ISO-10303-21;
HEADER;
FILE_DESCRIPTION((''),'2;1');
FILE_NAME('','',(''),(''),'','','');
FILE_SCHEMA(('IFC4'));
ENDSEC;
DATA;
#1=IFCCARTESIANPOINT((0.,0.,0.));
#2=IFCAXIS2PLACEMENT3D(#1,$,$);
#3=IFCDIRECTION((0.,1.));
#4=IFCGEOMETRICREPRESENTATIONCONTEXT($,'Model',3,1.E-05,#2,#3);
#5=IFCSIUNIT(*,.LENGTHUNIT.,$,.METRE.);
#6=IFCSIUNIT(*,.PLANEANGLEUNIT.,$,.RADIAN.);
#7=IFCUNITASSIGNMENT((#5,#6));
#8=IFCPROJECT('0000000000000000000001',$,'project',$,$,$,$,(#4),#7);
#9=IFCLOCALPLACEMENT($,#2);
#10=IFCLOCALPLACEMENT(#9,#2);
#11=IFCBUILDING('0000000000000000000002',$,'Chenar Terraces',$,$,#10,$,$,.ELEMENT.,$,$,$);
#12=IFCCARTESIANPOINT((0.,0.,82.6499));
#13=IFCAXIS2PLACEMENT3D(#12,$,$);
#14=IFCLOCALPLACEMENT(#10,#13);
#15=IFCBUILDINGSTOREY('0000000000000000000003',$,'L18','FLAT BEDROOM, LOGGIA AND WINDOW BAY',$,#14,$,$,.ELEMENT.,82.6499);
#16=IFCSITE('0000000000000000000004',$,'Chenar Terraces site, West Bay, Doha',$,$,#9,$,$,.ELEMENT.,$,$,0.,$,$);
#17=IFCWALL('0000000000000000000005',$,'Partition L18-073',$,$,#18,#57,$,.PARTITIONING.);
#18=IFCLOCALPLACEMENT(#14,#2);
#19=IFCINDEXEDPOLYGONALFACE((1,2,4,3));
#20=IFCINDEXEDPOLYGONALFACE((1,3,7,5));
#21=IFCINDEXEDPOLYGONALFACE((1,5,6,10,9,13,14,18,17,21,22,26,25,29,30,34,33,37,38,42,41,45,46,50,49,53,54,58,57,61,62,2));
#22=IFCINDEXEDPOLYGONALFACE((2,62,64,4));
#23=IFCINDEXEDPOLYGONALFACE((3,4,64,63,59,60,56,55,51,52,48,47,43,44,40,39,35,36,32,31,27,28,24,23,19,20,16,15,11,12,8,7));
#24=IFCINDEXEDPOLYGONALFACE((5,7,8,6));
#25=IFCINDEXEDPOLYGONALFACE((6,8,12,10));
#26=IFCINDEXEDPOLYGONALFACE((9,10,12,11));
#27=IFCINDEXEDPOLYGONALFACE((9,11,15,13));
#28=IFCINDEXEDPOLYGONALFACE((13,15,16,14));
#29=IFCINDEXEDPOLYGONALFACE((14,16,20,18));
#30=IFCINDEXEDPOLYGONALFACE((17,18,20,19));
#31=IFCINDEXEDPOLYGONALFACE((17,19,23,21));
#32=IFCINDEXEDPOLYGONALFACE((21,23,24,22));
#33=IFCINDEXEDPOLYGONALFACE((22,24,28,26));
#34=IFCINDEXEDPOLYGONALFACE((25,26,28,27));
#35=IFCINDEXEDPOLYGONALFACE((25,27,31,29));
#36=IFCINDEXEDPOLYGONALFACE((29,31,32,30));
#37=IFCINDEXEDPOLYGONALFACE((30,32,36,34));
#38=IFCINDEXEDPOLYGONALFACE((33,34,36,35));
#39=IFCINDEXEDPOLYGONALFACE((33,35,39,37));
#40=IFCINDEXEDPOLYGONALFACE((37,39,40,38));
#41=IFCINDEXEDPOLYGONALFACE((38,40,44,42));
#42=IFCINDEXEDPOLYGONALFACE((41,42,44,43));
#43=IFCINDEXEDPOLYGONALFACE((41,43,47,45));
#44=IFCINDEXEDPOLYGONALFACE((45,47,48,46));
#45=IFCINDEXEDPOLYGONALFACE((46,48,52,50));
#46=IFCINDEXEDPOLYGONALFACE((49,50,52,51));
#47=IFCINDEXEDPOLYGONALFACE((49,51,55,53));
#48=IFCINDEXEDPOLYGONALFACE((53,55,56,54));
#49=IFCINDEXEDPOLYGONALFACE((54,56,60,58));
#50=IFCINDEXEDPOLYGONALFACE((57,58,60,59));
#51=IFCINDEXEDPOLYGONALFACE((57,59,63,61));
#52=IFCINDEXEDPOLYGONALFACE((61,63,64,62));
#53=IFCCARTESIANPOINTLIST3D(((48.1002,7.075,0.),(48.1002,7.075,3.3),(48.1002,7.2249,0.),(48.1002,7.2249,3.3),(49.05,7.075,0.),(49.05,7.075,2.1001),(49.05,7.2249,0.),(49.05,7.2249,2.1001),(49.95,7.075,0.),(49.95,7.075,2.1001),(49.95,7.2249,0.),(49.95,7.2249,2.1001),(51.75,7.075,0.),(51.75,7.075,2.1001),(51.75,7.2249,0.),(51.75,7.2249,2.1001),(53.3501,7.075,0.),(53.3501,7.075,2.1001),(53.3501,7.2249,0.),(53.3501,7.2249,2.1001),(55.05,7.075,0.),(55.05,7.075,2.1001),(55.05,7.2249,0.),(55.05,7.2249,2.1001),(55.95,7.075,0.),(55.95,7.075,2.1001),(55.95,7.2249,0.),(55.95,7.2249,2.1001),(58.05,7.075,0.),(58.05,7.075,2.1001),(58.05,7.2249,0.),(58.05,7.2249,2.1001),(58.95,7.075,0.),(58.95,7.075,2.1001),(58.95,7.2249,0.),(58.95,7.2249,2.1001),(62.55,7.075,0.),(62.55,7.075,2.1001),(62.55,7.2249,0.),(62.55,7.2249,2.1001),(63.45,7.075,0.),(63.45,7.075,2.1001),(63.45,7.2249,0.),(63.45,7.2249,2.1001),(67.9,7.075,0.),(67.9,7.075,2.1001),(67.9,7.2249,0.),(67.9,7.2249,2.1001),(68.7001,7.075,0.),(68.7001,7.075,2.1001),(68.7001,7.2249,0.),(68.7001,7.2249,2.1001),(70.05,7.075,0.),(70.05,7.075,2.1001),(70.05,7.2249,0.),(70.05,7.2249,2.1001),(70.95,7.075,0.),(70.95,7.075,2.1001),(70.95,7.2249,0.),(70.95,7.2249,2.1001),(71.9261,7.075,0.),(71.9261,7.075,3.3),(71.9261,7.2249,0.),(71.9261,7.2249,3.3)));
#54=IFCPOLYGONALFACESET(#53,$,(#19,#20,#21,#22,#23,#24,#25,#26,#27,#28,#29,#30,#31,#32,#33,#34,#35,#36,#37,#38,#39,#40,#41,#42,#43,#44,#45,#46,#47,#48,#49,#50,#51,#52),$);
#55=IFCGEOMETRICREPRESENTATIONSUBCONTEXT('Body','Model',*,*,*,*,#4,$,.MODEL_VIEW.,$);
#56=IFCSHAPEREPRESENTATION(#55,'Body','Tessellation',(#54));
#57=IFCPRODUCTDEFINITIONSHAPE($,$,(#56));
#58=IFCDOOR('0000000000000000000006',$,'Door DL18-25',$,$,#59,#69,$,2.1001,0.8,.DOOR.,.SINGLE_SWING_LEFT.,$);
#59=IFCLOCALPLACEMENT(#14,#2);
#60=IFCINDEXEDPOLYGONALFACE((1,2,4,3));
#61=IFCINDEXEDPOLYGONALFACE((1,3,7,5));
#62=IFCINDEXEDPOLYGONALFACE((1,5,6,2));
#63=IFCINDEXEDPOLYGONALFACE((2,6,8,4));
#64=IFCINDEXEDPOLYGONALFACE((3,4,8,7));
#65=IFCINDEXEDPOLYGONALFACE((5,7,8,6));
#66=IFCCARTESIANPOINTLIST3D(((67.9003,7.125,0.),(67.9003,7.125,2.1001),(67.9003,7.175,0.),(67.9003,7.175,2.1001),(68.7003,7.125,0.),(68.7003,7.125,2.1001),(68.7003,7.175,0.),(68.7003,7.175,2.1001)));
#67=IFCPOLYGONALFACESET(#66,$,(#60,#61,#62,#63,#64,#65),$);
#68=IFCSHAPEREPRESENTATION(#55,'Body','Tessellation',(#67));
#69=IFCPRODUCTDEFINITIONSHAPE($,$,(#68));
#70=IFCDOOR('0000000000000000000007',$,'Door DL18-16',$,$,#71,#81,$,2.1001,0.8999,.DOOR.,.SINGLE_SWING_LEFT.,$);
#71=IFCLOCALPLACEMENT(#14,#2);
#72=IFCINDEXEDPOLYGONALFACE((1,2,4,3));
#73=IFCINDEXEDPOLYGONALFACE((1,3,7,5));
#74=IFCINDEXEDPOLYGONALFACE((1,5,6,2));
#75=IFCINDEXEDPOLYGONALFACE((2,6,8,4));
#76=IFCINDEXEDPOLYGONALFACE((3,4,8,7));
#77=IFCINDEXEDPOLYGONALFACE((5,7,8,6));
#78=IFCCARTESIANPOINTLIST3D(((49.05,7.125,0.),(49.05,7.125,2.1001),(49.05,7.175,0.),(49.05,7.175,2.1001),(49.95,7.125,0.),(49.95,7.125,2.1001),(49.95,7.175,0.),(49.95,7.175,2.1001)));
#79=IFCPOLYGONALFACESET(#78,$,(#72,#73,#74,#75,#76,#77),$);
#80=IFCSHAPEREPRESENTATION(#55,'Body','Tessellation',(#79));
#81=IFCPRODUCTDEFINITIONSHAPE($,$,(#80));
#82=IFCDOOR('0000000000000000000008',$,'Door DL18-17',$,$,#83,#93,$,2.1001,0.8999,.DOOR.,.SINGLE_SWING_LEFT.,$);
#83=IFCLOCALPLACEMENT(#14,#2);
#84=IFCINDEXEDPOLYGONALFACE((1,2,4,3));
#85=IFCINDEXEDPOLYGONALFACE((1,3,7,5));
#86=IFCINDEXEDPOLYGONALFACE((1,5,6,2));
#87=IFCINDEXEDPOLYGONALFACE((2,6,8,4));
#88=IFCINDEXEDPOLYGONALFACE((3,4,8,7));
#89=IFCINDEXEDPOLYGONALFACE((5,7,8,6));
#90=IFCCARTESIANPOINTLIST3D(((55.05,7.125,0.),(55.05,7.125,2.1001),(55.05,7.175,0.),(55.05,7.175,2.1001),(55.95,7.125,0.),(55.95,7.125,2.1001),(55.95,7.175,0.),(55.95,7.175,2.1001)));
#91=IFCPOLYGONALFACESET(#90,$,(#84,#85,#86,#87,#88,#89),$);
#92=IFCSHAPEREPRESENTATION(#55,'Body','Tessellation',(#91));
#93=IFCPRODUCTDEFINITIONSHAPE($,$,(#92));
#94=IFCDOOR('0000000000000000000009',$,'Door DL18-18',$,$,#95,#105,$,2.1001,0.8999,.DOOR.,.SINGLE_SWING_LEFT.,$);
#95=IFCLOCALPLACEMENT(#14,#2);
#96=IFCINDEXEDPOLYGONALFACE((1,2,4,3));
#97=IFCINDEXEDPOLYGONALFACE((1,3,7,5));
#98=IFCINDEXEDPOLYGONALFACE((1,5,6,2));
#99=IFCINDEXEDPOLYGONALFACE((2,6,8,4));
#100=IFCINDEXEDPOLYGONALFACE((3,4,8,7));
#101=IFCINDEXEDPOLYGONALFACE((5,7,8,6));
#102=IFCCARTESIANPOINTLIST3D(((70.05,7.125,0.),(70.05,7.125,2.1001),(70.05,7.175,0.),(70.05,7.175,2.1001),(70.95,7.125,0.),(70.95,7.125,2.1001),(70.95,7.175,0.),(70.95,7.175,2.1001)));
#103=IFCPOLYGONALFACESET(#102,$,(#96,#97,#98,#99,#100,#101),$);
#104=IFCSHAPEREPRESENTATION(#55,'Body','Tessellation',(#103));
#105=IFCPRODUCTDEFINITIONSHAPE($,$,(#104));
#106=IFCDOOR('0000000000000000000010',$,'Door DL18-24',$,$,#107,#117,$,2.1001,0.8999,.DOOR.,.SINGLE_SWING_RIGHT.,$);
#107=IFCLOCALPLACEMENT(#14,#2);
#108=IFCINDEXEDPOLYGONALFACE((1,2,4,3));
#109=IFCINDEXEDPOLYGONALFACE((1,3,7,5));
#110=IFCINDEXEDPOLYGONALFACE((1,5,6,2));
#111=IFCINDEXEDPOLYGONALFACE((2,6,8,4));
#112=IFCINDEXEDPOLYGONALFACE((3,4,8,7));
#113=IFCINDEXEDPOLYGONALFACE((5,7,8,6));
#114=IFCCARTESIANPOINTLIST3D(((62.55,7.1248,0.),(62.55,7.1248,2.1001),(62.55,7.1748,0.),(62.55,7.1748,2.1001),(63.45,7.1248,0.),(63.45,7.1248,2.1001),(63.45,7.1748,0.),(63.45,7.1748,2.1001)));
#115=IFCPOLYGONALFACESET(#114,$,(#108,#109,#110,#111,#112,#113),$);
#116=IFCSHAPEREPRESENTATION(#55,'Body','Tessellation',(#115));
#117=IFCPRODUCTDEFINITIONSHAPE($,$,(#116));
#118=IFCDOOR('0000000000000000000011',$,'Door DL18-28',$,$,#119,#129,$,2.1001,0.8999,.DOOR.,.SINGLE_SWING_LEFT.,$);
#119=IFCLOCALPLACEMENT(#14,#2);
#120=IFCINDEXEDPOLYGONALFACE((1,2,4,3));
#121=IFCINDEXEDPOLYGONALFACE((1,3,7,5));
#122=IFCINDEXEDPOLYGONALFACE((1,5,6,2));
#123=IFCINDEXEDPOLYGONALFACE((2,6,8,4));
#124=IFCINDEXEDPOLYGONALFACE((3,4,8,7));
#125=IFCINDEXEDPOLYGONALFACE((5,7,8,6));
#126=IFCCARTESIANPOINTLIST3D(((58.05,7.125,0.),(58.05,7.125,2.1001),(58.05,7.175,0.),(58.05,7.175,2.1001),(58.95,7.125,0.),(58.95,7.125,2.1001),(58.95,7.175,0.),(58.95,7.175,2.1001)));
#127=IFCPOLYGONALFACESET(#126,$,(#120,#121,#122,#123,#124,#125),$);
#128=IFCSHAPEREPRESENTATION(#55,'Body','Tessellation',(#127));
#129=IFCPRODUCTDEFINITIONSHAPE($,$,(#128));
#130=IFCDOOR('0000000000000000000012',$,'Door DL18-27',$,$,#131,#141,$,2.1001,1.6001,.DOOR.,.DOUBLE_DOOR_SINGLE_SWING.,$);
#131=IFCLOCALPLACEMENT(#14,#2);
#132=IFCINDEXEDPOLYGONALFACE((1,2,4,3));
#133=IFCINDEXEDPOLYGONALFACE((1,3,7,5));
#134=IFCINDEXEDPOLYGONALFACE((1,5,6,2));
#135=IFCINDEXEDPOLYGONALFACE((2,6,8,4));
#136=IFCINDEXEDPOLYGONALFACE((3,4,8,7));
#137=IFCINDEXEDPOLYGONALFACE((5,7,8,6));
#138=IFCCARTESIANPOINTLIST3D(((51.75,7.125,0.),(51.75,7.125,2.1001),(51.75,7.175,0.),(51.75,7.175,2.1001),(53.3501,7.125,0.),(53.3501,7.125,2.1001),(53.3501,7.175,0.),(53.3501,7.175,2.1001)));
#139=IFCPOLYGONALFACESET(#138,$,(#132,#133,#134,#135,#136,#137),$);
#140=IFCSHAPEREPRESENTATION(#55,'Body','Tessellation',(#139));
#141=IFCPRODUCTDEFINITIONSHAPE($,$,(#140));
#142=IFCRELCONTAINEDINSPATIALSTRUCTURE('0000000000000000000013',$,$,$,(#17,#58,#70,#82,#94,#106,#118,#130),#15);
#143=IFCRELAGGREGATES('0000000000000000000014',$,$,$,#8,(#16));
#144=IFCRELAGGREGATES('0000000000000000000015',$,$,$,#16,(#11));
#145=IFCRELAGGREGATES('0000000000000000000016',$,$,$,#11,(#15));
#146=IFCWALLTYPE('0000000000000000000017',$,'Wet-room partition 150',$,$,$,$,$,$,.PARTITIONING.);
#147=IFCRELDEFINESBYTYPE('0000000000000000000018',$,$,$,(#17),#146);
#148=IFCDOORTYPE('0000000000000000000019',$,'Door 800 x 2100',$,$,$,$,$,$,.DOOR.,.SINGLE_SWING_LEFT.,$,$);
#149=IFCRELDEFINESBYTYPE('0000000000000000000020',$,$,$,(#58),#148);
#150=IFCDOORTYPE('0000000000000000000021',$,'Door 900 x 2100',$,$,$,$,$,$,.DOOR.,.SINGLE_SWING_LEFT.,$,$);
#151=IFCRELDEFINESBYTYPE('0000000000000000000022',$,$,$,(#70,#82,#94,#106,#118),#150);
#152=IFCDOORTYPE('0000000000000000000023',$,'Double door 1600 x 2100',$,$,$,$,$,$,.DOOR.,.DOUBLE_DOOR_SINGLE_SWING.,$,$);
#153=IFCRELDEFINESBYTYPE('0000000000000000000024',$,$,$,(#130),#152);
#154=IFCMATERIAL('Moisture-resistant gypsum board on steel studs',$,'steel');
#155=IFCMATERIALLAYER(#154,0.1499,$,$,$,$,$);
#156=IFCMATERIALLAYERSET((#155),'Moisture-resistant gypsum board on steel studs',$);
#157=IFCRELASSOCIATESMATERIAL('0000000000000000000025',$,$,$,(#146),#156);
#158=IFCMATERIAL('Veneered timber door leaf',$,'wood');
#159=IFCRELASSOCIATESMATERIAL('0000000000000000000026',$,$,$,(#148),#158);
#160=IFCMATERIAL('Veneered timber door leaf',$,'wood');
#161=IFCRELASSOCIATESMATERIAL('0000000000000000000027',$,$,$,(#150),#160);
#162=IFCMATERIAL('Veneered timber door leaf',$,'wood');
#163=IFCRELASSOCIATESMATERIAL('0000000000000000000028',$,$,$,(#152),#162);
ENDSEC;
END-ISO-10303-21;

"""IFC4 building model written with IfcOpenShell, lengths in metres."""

from ifc_helpers import new_model, si_unit, direction, frame, frame_2d, origin, place, context, subcontext, project, spatial, rectangle, extrude, material, layer, layer_set, type_object, element, fill, save


model = new_model("IFC4")

# Units and contexts
model_context = context("Model", 3, precision=1e-05, world=origin(), true_north=direction((0.0, 1.0)))
body_context = subcontext(model_context, "Body", "Model", "MODEL_VIEW")
ifc_project = project(units=[si_unit("LENGTHUNIT", "METRE"), si_unit("PLANEANGLEUNIT", "RADIAN")], contexts=[model_context])

# Site, building, storey
site_placement = place(None, origin())
site = spatial("IfcSite", under=ifc_project, at=site_placement, Name="Chenar Terraces site, West Bay, Doha", CompositionType="ELEMENT", RefElevation=0.0)
building_placement = place(site_placement, origin())
building = spatial("IfcBuilding", under=site, at=building_placement, Name="Chenar Terraces", CompositionType="ELEMENT")
storey_placement = place(building_placement, frame((0.0, 0.0, 82.6499)))
storey = spatial("IfcBuildingStorey", under=building, at=storey_placement, Name="L18", Description="FLAT BEDROOM, LOGGIA AND WINDOW BAY", CompositionType="ELEMENT", Elevation=82.6499)

# Shared definitions
ifc_material_1 = material(Name="Moisture-resistant gypsum board on steel studs", Category="steel")
ifc_layer_1 = layer(ifc_material_1, 0.1499)
ifc_layer_set_1 = layer_set([ifc_layer_1], Name="Moisture-resistant gypsum board on steel studs")
wall_type_1 = type_object("IfcWallType", Name="Wet-room partition 150", PredefinedType="PARTITIONING", material=ifc_layer_set_1)

# Wall, openings, doors
wall_1_placement = place(storey_placement, frame((48.1001, 7.1499, 0.0), z_axis=(0.0, 0.0, 1.0), x_axis=(1.0, 0.0, 0.0)))
wall_1 = element("IfcWall", 1, at=wall_1_placement, inside=storey, type_object=wall_type_1, Name="Partition L18-073", PredefinedType="PARTITIONING", context=body_context, shape_type="SweptSolid", body=[
    extrude(rectangle(XDim=23.8259, YDim=0.1499, at=frame_2d((11.9131, 0.0))), origin(), (0.0, 0.0, 1.0), 3.3),
])
opening_1_placement = place(wall_1_placement, frame((0.95, 0.0, 0.0)))
opening_1 = element("IfcOpeningElement", 2, at=opening_1_placement, cuts=wall_1, PredefinedType="OPENING", context=body_context, shape_type="SweptSolid", body=[
    extrude(rectangle(XDim=0.8999, YDim=2.1001, at=frame_2d((0.45, 1.05))), frame((0.0, 0.085, 0.0), z_axis=(0.0, -1.0, 0.0), x_axis=(1.0, 0.0, 0.0)), (0.0, 0.0, 1.0), 0.1699),
])
opening_2_placement = place(wall_1_placement, frame((6.95, 0.0, 0.0)))
opening_2 = element("IfcOpeningElement", 3, at=opening_2_placement, cuts=wall_1, PredefinedType="OPENING", context=body_context, shape_type="SweptSolid", body=[
    extrude(rectangle(XDim=0.8999, YDim=2.1001, at=frame_2d((0.45, 1.05))), frame((0.0, 0.085, 0.0), z_axis=(0.0, -1.0, 0.0), x_axis=(1.0, 0.0, 0.0)), (0.0, 0.0, 1.0), 0.1699),
])
opening_3_placement = place(wall_1_placement, frame((21.95, 0.0, 0.0)))
opening_3 = element("IfcOpeningElement", 4, at=opening_3_placement, cuts=wall_1, PredefinedType="OPENING", context=body_context, shape_type="SweptSolid", body=[
    extrude(rectangle(XDim=0.8999, YDim=2.1001, at=frame_2d((0.45, 1.05))), frame((0.0, 0.085, 0.0), z_axis=(0.0, -1.0, 0.0), x_axis=(1.0, 0.0, 0.0)), (0.0, 0.0, 1.0), 0.1699),
])
opening_4_placement = place(wall_1_placement, frame((14.45, 0.0, 0.0)))
opening_4 = element("IfcOpeningElement", 5, at=opening_4_placement, cuts=wall_1, PredefinedType="OPENING", context=body_context, shape_type="SweptSolid", body=[
    extrude(rectangle(XDim=0.8999, YDim=2.1001, at=frame_2d((0.45, 1.05))), frame((0.0, 0.085, 0.0), z_axis=(0.0, -1.0, 0.0), x_axis=(1.0, 0.0, 0.0)), (0.0, 0.0, 1.0), 0.1699),
])
opening_5_placement = place(wall_1_placement, frame((19.8, 0.0, 0.0)))
opening_5 = element("IfcOpeningElement", 6, at=opening_5_placement, cuts=wall_1, PredefinedType="OPENING", context=body_context, shape_type="SweptSolid", body=[
    extrude(rectangle(XDim=0.8, YDim=2.1001, at=frame_2d((0.3999, 1.05))), frame((0.0, 0.085, 0.0), z_axis=(0.0, -1.0, 0.0), x_axis=(1.0, 0.0, 0.0)), (0.0, 0.0, 1.0), 0.1699),
])
opening_6_placement = place(wall_1_placement, frame((3.6499, 0.0, 0.0)))
opening_6 = element("IfcOpeningElement", 7, at=opening_6_placement, cuts=wall_1, PredefinedType="OPENING", context=body_context, shape_type="SweptSolid", body=[
    extrude(rectangle(XDim=1.6001, YDim=2.1001, at=frame_2d((0.8, 1.05))), frame((0.0, 0.085, 0.0), z_axis=(0.0, -1.0, 0.0), x_axis=(1.0, 0.0, 0.0)), (0.0, 0.0, 1.0), 0.1699),
])
opening_7_placement = place(wall_1_placement, frame((9.95, 0.0, 0.0)))
opening_7 = element("IfcOpeningElement", 8, at=opening_7_placement, cuts=wall_1, PredefinedType="OPENING", context=body_context, shape_type="SweptSolid", body=[
    extrude(rectangle(XDim=0.8999, YDim=2.1001, at=frame_2d((0.45, 1.05))), frame((0.0, 0.085, 0.0), z_axis=(0.0, -1.0, 0.0), x_axis=(1.0, 0.0, 0.0)), (0.0, 0.0, 1.0), 0.1699),
])
ifc_material_2 = material(Name="Veneered timber door leaf", Category="wood")
door_type_1 = type_object("IfcDoorType", Name="Door 800 x 2100", OperationType="SINGLE_SWING_LEFT", PredefinedType="DOOR", material=ifc_material_2)
door_1_placement = place(opening_5_placement, frame((0.8, 0.0, 0.0), z_axis=(0.0, 0.0, 1.0), x_axis=(-1.0, 0.0, 0.0)))
door_1 = element("IfcDoor", 9, at=door_1_placement, inside=storey, type_object=door_type_1, Name="Door DL18-25", OperationType="SINGLE_SWING_LEFT", OverallHeight=2.1001, OverallWidth=0.8, PredefinedType="DOOR", context=body_context, shape_type="SweptSolid", body=[
    extrude(rectangle(XDim=0.8, YDim=2.1001, at=frame_2d((0.3999, 1.05))), frame((0.0, 0.0249, 0.0), z_axis=(0.0, -1.0, 0.0), x_axis=(1.0, 0.0, 0.0)), (0.0, 0.0, 1.0), 0.05),
])
fill(opening_5, door_1)
ifc_material_3 = material(Name="Veneered timber door leaf", Category="wood")
door_type_2 = type_object("IfcDoorType", Name="Door 900 x 2100", OperationType="SINGLE_SWING_LEFT", PredefinedType="DOOR", material=ifc_material_3)
door_2_placement = place(opening_1_placement, frame((0.8999, 0.0, 0.0), z_axis=(0.0, 0.0, 1.0), x_axis=(-1.0, 0.0, 0.0)))
door_2 = element("IfcDoor", 10, at=door_2_placement, inside=storey, type_object=door_type_2, Name="Door DL18-16", OperationType="SINGLE_SWING_LEFT", OverallHeight=2.1001, OverallWidth=0.8999, PredefinedType="DOOR", context=body_context, shape_type="SweptSolid", body=[
    extrude(rectangle(XDim=0.8999, YDim=2.1001, at=frame_2d((0.45, 1.05))), frame((0.0, 0.0249, 0.0), z_axis=(0.0, -1.0, 0.0), x_axis=(1.0, 0.0, 0.0)), (0.0, 0.0, 1.0), 0.05),
])
fill(opening_1, door_2)
door_3_placement = place(opening_2_placement, frame((0.8999, 0.0, 0.0), z_axis=(0.0, 0.0, 1.0), x_axis=(-1.0, 0.0, 0.0)))
door_3 = element("IfcDoor", 11, at=door_3_placement, inside=storey, type_object=door_type_2, Name="Door DL18-17", OperationType="SINGLE_SWING_LEFT", OverallHeight=2.1001, OverallWidth=0.8999, PredefinedType="DOOR", context=body_context, shape_type="SweptSolid", body=[
    extrude(rectangle(XDim=0.8999, YDim=2.1001, at=frame_2d((0.45, 1.05))), frame((0.0, 0.0249, 0.0), z_axis=(0.0, -1.0, 0.0), x_axis=(1.0, 0.0, 0.0)), (0.0, 0.0, 1.0), 0.05),
])
fill(opening_2, door_3)
door_4_placement = place(opening_3_placement, frame((0.8999, 0.0, 0.0), z_axis=(0.0, 0.0, 1.0), x_axis=(-1.0, 0.0, 0.0)))
door_4 = element("IfcDoor", 12, at=door_4_placement, inside=storey, type_object=door_type_2, Name="Door DL18-18", OperationType="SINGLE_SWING_LEFT", OverallHeight=2.1001, OverallWidth=0.8999, PredefinedType="DOOR", context=body_context, shape_type="SweptSolid", body=[
    extrude(rectangle(XDim=0.8999, YDim=2.1001, at=frame_2d((0.45, 1.05))), frame((0.0, 0.0249, 0.0), z_axis=(0.0, -1.0, 0.0), x_axis=(1.0, 0.0, 0.0)), (0.0, 0.0, 1.0), 0.05),
])
fill(opening_3, door_4)
door_5_placement = place(opening_4_placement, origin())
door_5 = element("IfcDoor", 13, at=door_5_placement, inside=storey, type_object=door_type_2, Name="Door DL18-24", OperationType="SINGLE_SWING_RIGHT", OverallHeight=2.1001, OverallWidth=0.8999, PredefinedType="DOOR", context=body_context, shape_type="SweptSolid", body=[
    extrude(rectangle(XDim=0.8999, YDim=2.1001, at=frame_2d((0.45, 1.05))), frame((0.0, 0.0249, 0.0), z_axis=(0.0, -1.0, 0.0), x_axis=(1.0, 0.0, 0.0)), (0.0, 0.0, 1.0), 0.05),
])
fill(opening_4, door_5)
door_6_placement = place(opening_7_placement, frame((0.8999, 0.0, 0.0), z_axis=(0.0, 0.0, 1.0), x_axis=(-1.0, 0.0, 0.0)))
door_6 = element("IfcDoor", 14, at=door_6_placement, inside=storey, type_object=door_type_2, Name="Door DL18-28", OperationType="SINGLE_SWING_LEFT", OverallHeight=2.1001, OverallWidth=0.8999, PredefinedType="DOOR", context=body_context, shape_type="SweptSolid", body=[
    extrude(rectangle(XDim=0.8999, YDim=2.1001, at=frame_2d((0.45, 1.05))), frame((0.0, 0.0249, 0.0), z_axis=(0.0, -1.0, 0.0), x_axis=(1.0, 0.0, 0.0)), (0.0, 0.0, 1.0), 0.05),
])
fill(opening_7, door_6)
ifc_material_4 = material(Name="Veneered timber door leaf", Category="wood")
door_type_3 = type_object("IfcDoorType", Name="Double door 1600 x 2100", OperationType="DOUBLE_DOOR_SINGLE_SWING", PredefinedType="DOOR", material=ifc_material_4)
door_7_placement = place(opening_6_placement, frame((1.6001, 0.0, 0.0), z_axis=(0.0, 0.0, 1.0), x_axis=(-1.0, 0.0, 0.0)))
door_7 = element("IfcDoor", 15, at=door_7_placement, inside=storey, type_object=door_type_3, Name="Door DL18-27", OperationType="DOUBLE_DOOR_SINGLE_SWING", OverallHeight=2.1001, OverallWidth=1.6001, PredefinedType="DOOR", context=body_context, shape_type="SweptSolid", body=[
    extrude(rectangle(XDim=1.6001, YDim=2.1001, at=frame_2d((0.8, 1.05))), frame((0.0, 0.0249, 0.0), z_axis=(0.0, -1.0, 0.0), x_axis=(1.0, 0.0, 0.0)), (0.0, 0.0, 1.0), 0.05),
])
fill(opening_6, door_7)

save(model, "model.ifc")
